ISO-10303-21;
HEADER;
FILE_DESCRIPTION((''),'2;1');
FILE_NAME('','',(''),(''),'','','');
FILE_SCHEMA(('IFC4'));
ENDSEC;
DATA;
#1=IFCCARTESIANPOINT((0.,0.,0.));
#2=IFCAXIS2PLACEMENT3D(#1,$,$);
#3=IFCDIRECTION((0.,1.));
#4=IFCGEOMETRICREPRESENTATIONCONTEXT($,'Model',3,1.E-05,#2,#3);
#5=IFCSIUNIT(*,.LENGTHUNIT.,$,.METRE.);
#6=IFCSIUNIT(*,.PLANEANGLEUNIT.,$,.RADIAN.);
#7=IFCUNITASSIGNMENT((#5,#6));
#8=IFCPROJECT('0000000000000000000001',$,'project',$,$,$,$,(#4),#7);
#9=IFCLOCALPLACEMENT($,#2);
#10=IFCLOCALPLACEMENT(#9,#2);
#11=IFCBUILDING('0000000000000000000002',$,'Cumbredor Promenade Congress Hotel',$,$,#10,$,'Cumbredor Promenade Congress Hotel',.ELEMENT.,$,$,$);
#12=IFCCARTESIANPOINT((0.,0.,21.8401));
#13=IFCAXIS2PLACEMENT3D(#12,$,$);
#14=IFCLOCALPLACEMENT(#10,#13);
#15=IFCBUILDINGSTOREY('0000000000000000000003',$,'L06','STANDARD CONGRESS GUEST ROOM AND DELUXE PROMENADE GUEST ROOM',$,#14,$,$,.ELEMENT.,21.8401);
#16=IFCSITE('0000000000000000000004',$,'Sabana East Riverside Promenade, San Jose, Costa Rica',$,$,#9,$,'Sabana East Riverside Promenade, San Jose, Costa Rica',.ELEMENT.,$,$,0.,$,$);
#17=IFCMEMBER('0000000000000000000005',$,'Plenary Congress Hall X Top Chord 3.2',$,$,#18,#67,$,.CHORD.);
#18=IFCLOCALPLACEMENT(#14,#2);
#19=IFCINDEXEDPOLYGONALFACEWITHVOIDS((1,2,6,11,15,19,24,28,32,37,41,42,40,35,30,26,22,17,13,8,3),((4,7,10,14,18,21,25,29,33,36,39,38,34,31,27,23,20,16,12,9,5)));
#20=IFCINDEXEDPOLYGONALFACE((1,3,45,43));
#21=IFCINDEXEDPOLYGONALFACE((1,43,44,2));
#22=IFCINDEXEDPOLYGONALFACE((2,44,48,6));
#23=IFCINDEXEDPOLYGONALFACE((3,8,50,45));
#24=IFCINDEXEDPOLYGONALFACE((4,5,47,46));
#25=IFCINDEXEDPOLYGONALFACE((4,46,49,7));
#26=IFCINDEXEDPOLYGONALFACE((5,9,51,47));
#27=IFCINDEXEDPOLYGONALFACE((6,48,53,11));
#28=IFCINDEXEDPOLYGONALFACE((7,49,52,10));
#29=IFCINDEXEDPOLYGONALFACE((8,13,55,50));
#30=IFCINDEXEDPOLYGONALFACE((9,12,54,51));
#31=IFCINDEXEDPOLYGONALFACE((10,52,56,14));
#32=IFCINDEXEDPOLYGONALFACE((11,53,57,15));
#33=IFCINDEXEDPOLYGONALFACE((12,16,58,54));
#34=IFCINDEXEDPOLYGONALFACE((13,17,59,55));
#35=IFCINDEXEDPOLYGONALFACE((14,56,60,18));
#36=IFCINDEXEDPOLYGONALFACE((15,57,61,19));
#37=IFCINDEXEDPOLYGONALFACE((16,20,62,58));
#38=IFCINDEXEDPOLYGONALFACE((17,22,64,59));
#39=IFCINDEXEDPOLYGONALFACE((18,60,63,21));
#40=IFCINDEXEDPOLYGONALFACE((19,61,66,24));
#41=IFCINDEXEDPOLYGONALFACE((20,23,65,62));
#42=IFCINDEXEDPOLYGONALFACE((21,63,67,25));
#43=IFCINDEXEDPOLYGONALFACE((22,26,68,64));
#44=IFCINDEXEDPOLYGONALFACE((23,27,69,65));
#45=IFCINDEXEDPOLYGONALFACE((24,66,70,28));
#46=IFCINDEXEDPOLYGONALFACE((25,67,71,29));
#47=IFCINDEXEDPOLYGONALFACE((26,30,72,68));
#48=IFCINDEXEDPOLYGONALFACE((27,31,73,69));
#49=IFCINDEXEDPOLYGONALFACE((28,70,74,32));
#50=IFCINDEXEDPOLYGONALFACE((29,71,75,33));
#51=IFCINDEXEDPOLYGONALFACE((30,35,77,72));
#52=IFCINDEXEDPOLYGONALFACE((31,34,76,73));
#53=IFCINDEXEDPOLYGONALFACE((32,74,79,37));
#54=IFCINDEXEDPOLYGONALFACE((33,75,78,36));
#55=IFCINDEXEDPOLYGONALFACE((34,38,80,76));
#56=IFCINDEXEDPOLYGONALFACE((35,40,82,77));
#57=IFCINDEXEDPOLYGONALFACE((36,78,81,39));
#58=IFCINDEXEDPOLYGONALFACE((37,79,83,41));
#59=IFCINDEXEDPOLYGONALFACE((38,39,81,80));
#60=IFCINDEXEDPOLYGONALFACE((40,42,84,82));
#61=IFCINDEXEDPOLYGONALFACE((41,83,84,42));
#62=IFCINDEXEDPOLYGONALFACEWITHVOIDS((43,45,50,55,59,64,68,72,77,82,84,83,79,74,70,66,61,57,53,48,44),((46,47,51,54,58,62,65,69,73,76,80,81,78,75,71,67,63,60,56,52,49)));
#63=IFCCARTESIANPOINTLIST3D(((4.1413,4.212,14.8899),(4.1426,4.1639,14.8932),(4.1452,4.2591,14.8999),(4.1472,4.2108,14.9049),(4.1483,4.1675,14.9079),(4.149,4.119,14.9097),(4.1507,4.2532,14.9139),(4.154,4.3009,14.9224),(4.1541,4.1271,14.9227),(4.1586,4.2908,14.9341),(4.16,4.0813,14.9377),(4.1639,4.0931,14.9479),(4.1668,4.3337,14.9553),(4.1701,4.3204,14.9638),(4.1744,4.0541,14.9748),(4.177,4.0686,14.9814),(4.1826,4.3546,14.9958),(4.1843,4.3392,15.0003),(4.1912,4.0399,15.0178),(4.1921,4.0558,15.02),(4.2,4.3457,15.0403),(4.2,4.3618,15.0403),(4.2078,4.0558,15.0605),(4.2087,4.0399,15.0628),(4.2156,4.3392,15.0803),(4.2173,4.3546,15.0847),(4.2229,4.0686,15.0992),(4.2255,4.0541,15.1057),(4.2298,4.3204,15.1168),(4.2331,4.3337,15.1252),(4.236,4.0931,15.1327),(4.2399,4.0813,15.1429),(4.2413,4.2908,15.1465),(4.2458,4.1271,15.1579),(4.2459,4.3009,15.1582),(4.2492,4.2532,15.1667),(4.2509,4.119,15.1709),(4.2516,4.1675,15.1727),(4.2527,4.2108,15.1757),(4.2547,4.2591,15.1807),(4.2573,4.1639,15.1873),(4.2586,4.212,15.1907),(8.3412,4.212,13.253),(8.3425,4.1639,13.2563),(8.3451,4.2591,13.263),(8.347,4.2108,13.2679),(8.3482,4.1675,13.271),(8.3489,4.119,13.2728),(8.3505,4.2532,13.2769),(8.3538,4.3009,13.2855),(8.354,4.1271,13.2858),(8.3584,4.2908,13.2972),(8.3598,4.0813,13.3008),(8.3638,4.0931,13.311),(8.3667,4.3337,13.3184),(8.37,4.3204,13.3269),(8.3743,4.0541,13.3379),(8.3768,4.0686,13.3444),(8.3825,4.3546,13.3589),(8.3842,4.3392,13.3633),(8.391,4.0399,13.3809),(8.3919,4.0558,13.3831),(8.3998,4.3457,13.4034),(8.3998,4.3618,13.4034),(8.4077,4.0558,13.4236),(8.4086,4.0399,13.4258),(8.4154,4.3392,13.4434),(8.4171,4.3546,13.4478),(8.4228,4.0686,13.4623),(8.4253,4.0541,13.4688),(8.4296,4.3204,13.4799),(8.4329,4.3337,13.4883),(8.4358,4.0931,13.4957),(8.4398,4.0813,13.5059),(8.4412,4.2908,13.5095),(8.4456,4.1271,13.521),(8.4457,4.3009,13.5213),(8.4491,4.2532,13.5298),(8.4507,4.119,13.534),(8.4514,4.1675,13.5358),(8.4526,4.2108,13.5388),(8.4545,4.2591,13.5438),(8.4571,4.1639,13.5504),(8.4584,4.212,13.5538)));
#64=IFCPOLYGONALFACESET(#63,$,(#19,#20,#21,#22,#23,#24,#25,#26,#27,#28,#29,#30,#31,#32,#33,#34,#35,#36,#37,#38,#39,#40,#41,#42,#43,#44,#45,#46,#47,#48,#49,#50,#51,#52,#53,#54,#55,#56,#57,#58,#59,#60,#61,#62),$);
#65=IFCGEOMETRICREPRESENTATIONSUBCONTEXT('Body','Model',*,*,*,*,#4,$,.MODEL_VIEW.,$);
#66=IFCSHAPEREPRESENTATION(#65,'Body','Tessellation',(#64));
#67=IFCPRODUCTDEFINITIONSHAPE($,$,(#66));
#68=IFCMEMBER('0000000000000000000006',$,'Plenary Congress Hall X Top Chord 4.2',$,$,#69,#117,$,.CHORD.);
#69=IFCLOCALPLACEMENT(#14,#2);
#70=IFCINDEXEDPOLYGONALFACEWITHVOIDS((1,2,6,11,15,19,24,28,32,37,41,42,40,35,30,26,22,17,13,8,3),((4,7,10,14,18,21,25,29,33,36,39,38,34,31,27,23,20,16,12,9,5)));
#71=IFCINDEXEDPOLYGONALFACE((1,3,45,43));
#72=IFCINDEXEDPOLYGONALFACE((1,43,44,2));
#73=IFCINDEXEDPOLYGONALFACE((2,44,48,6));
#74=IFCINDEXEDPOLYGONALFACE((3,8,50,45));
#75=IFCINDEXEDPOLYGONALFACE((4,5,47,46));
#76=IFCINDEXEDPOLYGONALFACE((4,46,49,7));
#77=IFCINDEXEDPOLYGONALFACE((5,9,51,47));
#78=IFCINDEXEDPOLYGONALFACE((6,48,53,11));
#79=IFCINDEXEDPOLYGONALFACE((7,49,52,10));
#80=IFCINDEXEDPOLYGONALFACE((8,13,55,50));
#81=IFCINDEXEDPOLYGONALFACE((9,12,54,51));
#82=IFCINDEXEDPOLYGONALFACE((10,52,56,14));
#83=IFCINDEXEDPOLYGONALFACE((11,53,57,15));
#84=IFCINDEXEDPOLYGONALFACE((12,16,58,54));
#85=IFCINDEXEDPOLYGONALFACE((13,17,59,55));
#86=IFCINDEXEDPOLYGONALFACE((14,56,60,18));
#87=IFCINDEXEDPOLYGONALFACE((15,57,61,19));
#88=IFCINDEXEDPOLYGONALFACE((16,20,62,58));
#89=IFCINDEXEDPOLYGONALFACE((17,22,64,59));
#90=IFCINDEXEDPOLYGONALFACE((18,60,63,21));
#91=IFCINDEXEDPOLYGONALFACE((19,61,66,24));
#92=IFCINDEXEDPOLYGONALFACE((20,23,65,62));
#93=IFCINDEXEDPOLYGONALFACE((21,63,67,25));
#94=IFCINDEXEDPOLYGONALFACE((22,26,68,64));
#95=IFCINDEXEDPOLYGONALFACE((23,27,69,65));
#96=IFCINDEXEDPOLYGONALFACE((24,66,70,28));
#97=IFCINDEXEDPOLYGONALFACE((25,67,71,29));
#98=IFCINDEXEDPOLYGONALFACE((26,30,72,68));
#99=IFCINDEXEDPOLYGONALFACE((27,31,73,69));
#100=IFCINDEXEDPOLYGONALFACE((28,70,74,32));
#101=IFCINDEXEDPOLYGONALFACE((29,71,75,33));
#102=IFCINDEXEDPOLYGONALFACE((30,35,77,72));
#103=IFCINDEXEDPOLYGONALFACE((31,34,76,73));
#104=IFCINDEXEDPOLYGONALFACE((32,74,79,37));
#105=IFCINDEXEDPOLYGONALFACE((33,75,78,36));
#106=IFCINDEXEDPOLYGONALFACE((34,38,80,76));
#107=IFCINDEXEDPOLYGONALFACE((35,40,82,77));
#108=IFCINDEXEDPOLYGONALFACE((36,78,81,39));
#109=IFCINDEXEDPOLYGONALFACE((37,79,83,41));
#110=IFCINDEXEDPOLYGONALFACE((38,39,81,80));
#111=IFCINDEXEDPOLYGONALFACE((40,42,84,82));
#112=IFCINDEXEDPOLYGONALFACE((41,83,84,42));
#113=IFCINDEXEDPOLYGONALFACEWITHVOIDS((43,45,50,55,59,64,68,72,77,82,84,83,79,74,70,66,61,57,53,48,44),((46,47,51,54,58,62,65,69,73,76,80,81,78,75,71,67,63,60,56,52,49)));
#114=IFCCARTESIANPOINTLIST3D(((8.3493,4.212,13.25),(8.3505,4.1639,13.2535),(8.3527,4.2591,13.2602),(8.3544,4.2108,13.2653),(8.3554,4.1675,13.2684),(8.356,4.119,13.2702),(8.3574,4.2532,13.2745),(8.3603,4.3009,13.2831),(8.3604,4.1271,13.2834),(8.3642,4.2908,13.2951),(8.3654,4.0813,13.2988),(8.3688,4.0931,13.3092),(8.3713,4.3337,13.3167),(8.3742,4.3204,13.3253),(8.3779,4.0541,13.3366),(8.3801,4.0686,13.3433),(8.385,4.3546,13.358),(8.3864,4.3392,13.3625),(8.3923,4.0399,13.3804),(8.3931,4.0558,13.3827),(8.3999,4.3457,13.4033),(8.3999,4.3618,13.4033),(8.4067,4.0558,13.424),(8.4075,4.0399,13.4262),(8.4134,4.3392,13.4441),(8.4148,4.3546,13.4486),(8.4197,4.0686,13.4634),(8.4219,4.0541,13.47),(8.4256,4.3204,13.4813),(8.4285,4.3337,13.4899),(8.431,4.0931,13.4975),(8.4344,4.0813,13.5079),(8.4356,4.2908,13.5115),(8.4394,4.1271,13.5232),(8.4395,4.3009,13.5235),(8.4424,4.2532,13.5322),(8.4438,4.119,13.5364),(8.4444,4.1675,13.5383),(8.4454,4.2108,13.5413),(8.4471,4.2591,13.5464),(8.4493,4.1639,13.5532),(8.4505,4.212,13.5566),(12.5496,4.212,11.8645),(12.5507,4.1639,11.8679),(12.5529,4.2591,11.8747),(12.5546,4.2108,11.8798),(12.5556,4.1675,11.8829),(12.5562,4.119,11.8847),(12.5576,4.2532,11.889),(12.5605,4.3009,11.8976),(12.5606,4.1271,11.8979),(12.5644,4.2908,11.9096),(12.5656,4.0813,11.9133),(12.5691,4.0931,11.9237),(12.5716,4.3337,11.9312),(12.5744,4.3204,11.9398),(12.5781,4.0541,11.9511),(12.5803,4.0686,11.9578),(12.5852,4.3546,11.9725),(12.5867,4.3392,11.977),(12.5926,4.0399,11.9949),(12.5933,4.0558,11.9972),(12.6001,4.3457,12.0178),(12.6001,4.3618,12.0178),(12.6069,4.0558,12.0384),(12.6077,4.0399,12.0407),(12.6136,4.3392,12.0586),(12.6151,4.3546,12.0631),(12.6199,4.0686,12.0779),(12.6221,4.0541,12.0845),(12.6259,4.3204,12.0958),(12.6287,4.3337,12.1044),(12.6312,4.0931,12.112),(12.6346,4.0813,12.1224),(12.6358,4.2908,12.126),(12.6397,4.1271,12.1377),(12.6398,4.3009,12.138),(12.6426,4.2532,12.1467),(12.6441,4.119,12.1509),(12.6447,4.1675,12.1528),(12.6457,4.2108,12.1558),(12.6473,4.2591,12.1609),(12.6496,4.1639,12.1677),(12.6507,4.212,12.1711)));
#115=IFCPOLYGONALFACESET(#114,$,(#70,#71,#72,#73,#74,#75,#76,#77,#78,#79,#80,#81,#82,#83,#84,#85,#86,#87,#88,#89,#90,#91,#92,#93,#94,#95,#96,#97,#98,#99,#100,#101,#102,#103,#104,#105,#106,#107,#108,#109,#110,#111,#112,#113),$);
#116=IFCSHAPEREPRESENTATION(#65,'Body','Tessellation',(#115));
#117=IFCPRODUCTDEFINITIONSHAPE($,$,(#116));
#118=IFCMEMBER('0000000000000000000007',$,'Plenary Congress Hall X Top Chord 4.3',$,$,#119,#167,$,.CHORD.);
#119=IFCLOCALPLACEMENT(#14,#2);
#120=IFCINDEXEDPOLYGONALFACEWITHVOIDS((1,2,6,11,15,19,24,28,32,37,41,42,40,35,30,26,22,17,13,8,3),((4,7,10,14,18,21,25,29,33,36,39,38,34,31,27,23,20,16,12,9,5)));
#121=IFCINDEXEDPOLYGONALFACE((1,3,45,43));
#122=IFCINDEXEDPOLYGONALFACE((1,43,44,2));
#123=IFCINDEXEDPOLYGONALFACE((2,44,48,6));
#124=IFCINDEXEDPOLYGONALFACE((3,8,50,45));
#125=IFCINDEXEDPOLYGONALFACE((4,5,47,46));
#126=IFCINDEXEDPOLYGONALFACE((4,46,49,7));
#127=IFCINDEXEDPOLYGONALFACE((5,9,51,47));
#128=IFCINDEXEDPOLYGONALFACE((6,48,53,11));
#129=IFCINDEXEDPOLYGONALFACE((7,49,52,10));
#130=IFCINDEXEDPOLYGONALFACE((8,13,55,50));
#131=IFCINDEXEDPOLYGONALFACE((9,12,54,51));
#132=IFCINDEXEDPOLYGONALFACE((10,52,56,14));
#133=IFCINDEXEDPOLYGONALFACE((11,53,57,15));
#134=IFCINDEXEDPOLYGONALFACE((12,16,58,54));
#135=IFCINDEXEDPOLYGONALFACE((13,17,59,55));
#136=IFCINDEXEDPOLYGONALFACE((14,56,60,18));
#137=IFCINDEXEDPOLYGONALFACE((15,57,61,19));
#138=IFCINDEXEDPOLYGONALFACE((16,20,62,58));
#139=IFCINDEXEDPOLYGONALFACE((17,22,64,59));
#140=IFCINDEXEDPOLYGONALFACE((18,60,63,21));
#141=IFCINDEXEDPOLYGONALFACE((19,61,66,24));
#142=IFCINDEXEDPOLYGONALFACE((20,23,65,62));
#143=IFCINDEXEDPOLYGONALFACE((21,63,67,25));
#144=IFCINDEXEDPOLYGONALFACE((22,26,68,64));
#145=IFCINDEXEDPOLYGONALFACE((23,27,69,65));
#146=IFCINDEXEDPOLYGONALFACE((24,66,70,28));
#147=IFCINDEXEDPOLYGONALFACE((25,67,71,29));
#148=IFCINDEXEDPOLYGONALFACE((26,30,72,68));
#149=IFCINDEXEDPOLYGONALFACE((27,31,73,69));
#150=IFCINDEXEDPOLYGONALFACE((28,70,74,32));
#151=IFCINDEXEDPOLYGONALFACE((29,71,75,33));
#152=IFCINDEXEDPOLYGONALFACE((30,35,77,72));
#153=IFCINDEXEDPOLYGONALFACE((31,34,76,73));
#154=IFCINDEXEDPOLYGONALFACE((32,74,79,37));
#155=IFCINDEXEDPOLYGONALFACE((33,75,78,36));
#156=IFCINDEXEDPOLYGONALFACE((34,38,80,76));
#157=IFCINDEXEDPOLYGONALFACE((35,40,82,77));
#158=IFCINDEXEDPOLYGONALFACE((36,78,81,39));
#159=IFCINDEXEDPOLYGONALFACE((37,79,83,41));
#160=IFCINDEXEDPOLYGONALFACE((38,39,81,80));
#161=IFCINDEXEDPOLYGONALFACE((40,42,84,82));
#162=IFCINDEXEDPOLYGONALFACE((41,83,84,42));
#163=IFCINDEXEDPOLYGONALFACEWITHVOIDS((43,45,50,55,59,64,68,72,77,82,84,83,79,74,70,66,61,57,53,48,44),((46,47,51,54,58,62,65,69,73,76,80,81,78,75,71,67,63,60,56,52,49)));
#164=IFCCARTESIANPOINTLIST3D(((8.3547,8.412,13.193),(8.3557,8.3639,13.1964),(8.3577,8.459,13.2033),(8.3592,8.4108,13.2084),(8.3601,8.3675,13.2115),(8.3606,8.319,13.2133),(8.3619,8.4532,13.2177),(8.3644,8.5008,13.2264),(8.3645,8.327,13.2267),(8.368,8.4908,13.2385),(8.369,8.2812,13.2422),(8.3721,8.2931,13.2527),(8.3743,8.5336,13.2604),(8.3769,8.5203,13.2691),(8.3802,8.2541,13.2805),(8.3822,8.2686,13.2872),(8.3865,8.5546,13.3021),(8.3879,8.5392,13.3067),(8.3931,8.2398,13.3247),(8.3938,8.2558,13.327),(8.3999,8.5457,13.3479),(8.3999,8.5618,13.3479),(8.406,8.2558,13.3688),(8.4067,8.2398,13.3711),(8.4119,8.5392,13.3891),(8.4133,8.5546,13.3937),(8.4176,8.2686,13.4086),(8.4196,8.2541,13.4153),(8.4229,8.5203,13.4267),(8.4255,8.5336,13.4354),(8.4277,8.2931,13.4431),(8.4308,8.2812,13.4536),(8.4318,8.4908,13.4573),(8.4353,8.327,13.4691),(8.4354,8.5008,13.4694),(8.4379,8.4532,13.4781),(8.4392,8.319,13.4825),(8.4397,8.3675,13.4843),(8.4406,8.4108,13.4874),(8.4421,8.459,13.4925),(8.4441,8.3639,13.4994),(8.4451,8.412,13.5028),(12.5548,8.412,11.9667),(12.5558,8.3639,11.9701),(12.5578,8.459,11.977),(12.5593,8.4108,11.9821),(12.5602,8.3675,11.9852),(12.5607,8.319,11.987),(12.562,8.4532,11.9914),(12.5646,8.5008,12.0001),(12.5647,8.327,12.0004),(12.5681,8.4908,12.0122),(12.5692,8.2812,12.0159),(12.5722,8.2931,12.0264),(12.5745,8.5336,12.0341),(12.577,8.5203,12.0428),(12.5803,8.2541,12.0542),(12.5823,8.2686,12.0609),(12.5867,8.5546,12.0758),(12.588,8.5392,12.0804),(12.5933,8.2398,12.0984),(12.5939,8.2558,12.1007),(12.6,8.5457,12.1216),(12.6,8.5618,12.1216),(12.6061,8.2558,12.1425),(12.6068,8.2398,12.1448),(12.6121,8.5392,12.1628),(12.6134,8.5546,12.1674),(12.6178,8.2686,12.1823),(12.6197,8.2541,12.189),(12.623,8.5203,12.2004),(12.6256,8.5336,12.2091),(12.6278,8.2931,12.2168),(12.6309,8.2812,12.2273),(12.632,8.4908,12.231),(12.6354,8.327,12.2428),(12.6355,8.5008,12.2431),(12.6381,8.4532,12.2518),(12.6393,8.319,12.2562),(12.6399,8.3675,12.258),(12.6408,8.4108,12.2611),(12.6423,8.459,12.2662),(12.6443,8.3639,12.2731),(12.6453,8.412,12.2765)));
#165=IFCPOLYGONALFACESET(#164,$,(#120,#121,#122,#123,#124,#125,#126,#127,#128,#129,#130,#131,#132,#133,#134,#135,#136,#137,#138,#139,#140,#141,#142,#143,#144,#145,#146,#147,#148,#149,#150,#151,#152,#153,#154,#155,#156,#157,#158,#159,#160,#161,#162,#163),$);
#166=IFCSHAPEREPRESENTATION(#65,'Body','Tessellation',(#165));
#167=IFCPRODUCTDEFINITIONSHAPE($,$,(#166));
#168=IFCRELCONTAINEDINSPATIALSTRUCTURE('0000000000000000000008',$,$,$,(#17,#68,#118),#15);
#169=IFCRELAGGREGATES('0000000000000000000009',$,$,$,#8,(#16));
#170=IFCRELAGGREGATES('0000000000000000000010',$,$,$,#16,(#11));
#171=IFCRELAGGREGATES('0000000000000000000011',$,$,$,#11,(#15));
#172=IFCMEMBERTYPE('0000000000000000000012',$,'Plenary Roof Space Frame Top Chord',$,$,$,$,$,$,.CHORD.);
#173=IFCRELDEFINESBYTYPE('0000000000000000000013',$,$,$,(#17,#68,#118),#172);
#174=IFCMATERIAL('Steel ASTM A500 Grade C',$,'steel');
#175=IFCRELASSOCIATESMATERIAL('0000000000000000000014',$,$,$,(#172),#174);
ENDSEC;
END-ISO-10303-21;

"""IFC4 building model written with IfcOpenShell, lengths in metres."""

from ifc_helpers import new_model, si_unit, direction, frame, origin, origin_2d, place, context, subcontext, project, spatial, hollow_circle, extrude, material, material_profile, profile_set, type_object, element, save


model = new_model("IFC4")

# Units and contexts
model_context = context("Model", 3, precision=1e-05, world=origin(), true_north=direction((0.0, 1.0)))
body_context = subcontext(model_context, "Body", "Model", "MODEL_VIEW")
ifc_project = project(units=[si_unit("LENGTHUNIT", "METRE"), si_unit("PLANEANGLEUNIT", "RADIAN")], contexts=[model_context])

# Site, building, storey
site_placement = place(None, origin())
site = spatial("IfcSite", under=ifc_project, at=site_placement, Name="Sabana East Riverside Promenade, San Jose, Costa Rica", LongName="Sabana East Riverside Promenade, San Jose, Costa Rica", CompositionType="ELEMENT", RefElevation=0.0)
building_placement = place(site_placement, origin())
building = spatial("IfcBuilding", under=site, at=building_placement, Name="Cumbredor Promenade Congress Hotel", LongName="Cumbredor Promenade Congress Hotel", CompositionType="ELEMENT")
storey_placement = place(building_placement, frame((0.0, 0.0, 21.8401)))
storey = spatial("IfcBuildingStorey", under=building, at=storey_placement, Name="L06", Description="STANDARD CONGRESS GUEST ROOM AND DELUXE PROMENADE GUEST ROOM", CompositionType="ELEMENT", Elevation=21.8401)

# Members
ifc_material_1 = material(Name="Steel ASTM A500 Grade C", Category="steel")
ifc_material_profile_1 = material_profile(ifc_material_1, hollow_circle(Radius=0.1619, WallThickness=0.0161, at=origin_2d()), Name="CHS 323.9x16")
ifc_profile_set_1 = profile_set([ifc_material_profile_1], Name="Steel ASTM A500 Grade C")
member_type_1 = type_object("IfcMemberType", Name="Plenary Roof Space Frame Top Chord", PredefinedType="CHORD", material=ifc_profile_set_1)
member_1_placement = place(storey_placement, frame((4.2, 4.2, 15.0403), z_axis=(0.931731, 0.0, -0.363149), x_axis=(0.0, 1.0, 0.0)))
element("IfcMember", 1, at=member_1_placement, inside=storey, type_object=member_type_1, Name="Plenary Congress Hall X Top Chord 3.2", PredefinedType="CHORD", context=body_context, shape_type="SweptSolid", body=[
    extrude(hollow_circle(Radius=0.1619, WallThickness=0.0161, at=origin_2d()), origin(), (0.0, 0.0, 1.0), 4.5076),
])
member_2_placement = place(storey_placement, frame((8.3999, 4.2, 13.4033), z_axis=(0.949667, 0.0, -0.313262), x_axis=(0.0, 1.0, 0.0)))
element("IfcMember", 2, at=member_2_placement, inside=storey, type_object=member_type_1, Name="Plenary Congress Hall X Top Chord 4.2", PredefinedType="CHORD", context=body_context, shape_type="SweptSolid", body=[
    extrude(hollow_circle(Radius=0.1619, WallThickness=0.0161, at=origin_2d()), origin(), (0.0, 0.0, 1.0), 4.4229),
])
member_3_placement = place(storey_placement, frame((8.3999, 8.3999, 13.3479), z_axis=(0.959922, 0.0, -0.280266), x_axis=(0.0, 1.0, 0.0)))
element("IfcMember", 3, at=member_3_placement, inside=storey, type_object=member_type_1, Name="Plenary Congress Hall X Top Chord 4.3", PredefinedType="CHORD", context=body_context, shape_type="SweptSolid", body=[
    extrude(hollow_circle(Radius=0.1619, WallThickness=0.0161, at=origin_2d()), origin(), (0.0, 0.0, 1.0), 4.3755),
])

save(model, "model.ifc")
